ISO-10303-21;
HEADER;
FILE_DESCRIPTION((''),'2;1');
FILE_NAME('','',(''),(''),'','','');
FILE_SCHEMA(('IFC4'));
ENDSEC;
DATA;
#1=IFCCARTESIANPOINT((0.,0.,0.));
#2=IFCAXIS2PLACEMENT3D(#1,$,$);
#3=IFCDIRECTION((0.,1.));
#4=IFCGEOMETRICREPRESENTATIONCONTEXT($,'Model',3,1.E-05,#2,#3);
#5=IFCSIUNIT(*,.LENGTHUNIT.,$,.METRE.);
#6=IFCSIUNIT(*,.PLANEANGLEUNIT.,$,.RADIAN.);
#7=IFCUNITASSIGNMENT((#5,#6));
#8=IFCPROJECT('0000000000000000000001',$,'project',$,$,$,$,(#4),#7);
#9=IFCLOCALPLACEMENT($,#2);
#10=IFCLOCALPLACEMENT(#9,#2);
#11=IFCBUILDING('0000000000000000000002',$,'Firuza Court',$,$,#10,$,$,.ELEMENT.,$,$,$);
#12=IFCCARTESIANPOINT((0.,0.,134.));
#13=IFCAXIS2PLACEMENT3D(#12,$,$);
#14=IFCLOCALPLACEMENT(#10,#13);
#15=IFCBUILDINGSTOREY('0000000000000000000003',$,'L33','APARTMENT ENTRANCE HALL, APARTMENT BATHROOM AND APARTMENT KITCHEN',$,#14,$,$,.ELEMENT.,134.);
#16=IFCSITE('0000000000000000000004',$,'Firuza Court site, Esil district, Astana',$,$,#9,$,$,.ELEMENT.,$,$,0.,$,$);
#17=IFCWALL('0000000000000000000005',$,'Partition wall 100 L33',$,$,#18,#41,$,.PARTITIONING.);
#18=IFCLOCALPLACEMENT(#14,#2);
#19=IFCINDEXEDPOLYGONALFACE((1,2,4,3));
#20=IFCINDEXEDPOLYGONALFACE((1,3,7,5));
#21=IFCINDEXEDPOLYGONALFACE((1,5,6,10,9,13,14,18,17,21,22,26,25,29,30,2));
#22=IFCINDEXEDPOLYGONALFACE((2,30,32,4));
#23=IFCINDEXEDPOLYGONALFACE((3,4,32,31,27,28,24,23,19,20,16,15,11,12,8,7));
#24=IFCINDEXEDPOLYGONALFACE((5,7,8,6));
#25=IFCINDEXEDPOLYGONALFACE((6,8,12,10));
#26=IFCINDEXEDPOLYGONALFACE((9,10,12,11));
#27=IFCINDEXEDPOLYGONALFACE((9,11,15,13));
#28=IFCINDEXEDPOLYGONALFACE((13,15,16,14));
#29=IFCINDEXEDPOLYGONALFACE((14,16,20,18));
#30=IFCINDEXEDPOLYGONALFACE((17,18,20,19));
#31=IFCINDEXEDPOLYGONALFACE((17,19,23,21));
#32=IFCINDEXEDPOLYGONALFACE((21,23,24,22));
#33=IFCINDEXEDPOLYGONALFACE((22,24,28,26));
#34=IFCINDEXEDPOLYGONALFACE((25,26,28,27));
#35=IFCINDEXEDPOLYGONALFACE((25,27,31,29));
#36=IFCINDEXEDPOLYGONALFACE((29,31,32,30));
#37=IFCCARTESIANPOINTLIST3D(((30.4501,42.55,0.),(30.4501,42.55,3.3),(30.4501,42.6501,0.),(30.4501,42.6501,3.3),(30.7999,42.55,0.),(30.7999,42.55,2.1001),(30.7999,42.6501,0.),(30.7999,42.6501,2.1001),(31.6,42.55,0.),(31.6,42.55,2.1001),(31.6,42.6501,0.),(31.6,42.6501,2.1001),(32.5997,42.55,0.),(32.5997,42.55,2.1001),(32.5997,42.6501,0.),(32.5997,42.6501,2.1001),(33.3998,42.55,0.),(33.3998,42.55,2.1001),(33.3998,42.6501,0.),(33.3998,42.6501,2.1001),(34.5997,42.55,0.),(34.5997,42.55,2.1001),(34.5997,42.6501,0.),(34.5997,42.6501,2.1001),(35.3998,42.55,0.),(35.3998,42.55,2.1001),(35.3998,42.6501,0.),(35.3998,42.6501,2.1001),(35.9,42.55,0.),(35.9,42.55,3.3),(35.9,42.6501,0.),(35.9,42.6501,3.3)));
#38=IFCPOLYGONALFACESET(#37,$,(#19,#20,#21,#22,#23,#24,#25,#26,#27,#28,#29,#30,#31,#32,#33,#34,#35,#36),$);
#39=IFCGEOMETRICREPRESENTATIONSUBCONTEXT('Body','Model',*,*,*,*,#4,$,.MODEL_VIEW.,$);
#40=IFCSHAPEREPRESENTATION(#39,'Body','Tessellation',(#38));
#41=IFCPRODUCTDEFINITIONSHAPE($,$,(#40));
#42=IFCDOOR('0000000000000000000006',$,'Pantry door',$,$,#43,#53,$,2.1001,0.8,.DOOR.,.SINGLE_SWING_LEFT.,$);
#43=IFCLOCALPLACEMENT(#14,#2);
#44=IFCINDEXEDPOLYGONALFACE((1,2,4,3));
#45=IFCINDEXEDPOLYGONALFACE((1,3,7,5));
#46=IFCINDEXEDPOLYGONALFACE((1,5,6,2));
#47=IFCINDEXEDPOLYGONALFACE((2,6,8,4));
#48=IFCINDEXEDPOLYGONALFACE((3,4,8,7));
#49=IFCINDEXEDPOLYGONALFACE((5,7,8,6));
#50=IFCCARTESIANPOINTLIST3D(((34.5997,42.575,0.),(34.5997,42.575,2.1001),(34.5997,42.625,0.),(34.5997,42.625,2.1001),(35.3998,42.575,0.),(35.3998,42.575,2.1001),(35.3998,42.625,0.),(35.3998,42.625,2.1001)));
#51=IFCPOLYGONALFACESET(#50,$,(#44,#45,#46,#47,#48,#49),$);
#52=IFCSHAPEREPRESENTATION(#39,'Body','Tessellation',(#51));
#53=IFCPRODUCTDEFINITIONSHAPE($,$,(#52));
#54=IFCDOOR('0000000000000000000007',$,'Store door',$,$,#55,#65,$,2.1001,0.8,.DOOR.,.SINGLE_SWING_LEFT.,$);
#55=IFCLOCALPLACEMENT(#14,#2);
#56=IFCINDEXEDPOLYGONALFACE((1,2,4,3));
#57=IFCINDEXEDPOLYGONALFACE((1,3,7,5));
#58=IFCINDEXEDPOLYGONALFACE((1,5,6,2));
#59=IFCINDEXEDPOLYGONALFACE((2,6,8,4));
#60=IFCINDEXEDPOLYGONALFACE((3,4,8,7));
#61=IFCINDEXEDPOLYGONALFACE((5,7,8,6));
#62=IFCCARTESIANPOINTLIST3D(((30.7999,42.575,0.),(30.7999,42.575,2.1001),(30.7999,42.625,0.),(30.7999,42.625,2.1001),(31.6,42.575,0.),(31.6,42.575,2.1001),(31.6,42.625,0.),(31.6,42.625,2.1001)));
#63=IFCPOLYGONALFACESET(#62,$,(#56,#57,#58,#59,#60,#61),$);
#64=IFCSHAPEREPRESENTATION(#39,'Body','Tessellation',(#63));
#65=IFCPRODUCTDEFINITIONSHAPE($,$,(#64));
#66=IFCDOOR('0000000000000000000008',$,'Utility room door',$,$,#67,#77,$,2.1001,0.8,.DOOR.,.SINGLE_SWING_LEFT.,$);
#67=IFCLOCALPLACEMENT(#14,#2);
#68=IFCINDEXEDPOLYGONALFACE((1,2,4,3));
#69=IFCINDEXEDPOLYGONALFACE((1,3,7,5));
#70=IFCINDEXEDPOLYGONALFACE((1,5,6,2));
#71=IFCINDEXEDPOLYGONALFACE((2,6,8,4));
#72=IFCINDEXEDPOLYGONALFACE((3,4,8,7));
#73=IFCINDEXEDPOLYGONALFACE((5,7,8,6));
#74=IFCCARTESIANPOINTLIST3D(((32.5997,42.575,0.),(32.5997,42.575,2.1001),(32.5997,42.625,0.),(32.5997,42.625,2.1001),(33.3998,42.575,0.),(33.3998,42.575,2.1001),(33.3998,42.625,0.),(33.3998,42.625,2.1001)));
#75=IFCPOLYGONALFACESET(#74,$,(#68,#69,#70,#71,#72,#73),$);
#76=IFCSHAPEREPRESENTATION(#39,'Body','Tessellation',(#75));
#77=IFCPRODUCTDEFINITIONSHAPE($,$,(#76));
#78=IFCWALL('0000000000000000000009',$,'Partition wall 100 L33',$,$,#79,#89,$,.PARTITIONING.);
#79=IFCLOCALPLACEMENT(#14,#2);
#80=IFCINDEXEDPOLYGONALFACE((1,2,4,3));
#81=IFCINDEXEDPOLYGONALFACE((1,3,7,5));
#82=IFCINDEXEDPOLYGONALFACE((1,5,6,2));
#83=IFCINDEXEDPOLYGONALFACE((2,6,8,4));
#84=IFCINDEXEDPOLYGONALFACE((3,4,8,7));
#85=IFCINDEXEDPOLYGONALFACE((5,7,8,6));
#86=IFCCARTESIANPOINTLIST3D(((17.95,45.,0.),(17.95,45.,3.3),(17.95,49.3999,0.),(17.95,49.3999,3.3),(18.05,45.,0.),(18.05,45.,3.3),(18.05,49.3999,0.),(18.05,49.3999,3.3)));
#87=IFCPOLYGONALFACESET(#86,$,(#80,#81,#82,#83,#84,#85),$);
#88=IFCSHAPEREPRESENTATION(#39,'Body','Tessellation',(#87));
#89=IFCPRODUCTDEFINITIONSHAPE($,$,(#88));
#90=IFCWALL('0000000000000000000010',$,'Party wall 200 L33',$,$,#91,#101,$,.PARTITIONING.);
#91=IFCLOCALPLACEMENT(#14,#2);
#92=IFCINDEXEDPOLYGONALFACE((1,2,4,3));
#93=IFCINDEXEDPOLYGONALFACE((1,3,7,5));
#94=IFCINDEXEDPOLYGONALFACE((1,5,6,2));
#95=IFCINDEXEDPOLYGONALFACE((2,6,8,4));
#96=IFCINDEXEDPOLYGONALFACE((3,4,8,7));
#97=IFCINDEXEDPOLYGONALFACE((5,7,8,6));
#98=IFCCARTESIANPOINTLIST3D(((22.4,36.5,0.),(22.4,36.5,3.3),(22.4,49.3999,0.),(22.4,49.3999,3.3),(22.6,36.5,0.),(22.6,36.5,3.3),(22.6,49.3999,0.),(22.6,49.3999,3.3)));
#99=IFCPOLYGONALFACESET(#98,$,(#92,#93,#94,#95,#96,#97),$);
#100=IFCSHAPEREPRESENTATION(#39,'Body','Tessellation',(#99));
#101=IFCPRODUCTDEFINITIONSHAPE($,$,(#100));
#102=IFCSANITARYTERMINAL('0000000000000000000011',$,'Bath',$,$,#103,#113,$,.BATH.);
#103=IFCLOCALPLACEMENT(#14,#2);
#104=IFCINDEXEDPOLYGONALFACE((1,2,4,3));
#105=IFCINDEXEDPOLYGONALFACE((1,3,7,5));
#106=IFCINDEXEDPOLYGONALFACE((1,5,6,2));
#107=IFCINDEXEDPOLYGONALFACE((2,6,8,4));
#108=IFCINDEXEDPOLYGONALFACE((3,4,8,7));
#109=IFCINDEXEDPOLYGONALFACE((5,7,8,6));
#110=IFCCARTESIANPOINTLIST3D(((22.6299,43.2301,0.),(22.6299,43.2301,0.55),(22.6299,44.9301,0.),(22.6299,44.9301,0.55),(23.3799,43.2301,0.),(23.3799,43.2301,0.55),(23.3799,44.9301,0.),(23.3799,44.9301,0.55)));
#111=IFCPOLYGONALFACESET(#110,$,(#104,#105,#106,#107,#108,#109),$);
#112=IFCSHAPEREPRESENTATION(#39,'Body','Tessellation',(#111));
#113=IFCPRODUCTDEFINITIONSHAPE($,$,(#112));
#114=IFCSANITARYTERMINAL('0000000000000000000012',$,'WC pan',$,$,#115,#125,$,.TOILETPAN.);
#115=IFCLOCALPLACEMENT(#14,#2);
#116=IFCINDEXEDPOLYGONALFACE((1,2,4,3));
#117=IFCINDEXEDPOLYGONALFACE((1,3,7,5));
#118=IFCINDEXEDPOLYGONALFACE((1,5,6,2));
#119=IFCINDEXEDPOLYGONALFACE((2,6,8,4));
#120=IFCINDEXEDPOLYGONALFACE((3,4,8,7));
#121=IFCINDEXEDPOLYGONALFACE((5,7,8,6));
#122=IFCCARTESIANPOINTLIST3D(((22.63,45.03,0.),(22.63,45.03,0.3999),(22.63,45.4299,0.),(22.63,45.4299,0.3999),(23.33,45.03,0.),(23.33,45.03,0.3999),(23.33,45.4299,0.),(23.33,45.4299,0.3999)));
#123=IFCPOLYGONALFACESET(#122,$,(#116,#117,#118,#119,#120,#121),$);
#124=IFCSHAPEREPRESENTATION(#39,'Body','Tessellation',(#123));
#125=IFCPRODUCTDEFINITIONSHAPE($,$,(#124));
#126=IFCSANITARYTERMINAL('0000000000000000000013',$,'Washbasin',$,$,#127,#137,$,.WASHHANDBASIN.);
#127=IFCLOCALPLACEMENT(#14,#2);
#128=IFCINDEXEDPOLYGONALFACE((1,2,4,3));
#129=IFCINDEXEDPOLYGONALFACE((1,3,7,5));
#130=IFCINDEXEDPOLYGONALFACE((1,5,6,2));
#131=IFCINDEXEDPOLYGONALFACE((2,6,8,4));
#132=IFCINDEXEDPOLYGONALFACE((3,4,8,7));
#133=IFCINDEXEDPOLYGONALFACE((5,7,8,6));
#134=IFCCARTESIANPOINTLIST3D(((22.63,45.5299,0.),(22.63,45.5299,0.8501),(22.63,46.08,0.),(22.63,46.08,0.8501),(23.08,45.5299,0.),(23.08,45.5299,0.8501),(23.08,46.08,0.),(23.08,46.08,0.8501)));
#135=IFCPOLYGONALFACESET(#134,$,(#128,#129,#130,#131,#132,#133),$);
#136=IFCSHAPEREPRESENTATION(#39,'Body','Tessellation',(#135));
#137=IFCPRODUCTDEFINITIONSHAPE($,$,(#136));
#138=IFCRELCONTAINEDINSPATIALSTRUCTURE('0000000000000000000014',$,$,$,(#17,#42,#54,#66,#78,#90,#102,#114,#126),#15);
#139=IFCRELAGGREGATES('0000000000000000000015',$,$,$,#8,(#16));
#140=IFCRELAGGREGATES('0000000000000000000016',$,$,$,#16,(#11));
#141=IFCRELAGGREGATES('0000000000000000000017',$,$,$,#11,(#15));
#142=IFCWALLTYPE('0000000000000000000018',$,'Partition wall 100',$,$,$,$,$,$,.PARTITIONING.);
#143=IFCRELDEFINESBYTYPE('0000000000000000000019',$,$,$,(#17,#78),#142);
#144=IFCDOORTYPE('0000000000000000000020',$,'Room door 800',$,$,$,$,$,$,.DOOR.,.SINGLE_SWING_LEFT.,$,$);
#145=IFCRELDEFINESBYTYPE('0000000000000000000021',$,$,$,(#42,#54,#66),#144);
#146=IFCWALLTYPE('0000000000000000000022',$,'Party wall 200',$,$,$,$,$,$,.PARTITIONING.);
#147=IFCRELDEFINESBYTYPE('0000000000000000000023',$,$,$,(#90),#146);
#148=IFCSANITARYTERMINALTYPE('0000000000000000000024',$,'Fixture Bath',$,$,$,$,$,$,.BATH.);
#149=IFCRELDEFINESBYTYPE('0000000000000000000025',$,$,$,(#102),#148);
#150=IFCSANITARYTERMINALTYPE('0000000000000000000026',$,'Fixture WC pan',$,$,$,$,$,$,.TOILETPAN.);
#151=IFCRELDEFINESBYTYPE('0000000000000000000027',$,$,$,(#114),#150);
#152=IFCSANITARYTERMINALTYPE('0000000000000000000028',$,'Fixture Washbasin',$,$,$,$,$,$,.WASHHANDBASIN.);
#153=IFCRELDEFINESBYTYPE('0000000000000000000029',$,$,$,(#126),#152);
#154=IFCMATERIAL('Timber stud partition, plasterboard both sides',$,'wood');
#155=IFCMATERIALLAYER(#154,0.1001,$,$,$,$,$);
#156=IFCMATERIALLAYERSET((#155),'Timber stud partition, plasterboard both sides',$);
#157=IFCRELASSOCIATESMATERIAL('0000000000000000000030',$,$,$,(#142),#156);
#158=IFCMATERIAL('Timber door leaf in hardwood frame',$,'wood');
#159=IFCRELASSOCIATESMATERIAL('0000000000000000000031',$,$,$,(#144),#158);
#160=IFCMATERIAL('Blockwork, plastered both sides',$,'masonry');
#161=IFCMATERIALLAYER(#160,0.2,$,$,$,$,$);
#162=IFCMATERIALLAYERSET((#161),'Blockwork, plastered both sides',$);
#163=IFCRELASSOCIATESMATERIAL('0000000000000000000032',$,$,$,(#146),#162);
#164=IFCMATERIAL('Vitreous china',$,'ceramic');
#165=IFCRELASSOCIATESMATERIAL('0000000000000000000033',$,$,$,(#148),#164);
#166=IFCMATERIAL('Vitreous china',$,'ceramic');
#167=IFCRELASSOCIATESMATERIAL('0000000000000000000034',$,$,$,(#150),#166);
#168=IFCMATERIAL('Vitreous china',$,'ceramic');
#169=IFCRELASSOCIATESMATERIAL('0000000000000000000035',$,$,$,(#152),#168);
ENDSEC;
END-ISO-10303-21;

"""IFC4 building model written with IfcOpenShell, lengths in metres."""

from ifc_helpers import new_model, si_unit, direction, frame, frame_2d, origin, origin_2d, place, context, subcontext, project, spatial, rectangle, extrude, material, layer, layer_set, type_object, element, fill, save


model = new_model("IFC4")

# Units and contexts
model_context = context("Model", 3, precision=1e-05, world=origin(), true_north=direction((0.0, 1.0)))
body_context = subcontext(model_context, "Body", "Model", "MODEL_VIEW")
ifc_project = project(units=[si_unit("LENGTHUNIT", "METRE"), si_unit("PLANEANGLEUNIT", "RADIAN")], contexts=[model_context])

# Site, building, storey
site_placement = place(None, origin())
site = spatial("IfcSite", under=ifc_project, at=site_placement, Name="Firuza Court site, Esil district, Astana", CompositionType="ELEMENT", RefElevation=0.0)
building_placement = place(site_placement, origin())
building = spatial("IfcBuilding", under=site, at=building_placement, Name="Firuza Court", CompositionType="ELEMENT")
storey_placement = place(building_placement, frame((0.0, 0.0, 134.0)))
storey = spatial("IfcBuildingStorey", under=building, at=storey_placement, Name="L33", Description="APARTMENT ENTRANCE HALL, APARTMENT BATHROOM AND APARTMENT KITCHEN", CompositionType="ELEMENT", Elevation=134.0)

# Shared definitions
ifc_material_1 = material(Name="Timber stud partition, plasterboard both sides", Category="wood")
ifc_layer_1 = layer(ifc_material_1, 0.1001)
ifc_layer_set_1 = layer_set([ifc_layer_1], Name="Timber stud partition, plasterboard both sides")
wall_type_1 = type_object("IfcWallType", Name="Partition wall 100", PredefinedType="PARTITIONING", material=ifc_layer_set_1)

# Wall, openings, doors
wall_1_placement = place(storey_placement, frame((30.45, 42.6001, 0.0), z_axis=(0.0, 0.0, 1.0), x_axis=(1.0, 0.0, 0.0)))
wall_1 = element("IfcWall", 1, at=wall_1_placement, inside=storey, type_object=wall_type_1, Name="Partition wall 100 L33", PredefinedType="PARTITIONING", context=body_context, shape_type="SweptSolid", body=[
    extrude(rectangle(XDim=5.45, YDim=0.1001, at=frame_2d((2.7251, 0.0))), origin(), (0.0, 0.0, 1.0), 3.3),
])
opening_1_placement = place(wall_1_placement, frame((4.1499, 0.0, 0.0)))
opening_1 = element("IfcOpeningElement", 2, at=opening_1_placement, cuts=wall_1, PredefinedType="OPENING", context=body_context, shape_type="SweptSolid", body=[
    extrude(rectangle(XDim=0.8, YDim=2.1001, at=frame_2d((0.3999, 1.05))), frame((0.0, 0.062, 0.0), z_axis=(0.0, -1.0, 0.0), x_axis=(1.0, 0.0, 0.0)), (0.0, 0.0, 1.0), 0.124),
])
opening_2_placement = place(wall_1_placement, frame((0.3501, 0.0, 0.0)))
opening_2 = element("IfcOpeningElement", 3, at=opening_2_placement, cuts=wall_1, PredefinedType="OPENING", context=body_context, shape_type="SweptSolid", body=[
    extrude(rectangle(XDim=0.8, YDim=2.1001, at=frame_2d((0.3999, 1.05))), frame((0.0, 0.062, 0.0), z_axis=(0.0, -1.0, 0.0), x_axis=(1.0, 0.0, 0.0)), (0.0, 0.0, 1.0), 0.124),
])
opening_3_placement = place(wall_1_placement, frame((2.1499, 0.0, 0.0)))
opening_3 = element("IfcOpeningElement", 4, at=opening_3_placement, cuts=wall_1, PredefinedType="OPENING", context=body_context, shape_type="SweptSolid", body=[
    extrude(rectangle(XDim=0.8, YDim=2.1001, at=frame_2d((0.3999, 1.05))), frame((0.0, 0.062, 0.0), z_axis=(0.0, -1.0, 0.0), x_axis=(1.0, 0.0, 0.0)), (0.0, 0.0, 1.0), 0.124),
])
ifc_material_2 = material(Name="Timber door leaf in hardwood frame", Category="wood")
door_type_1 = type_object("IfcDoorType", Name="Room door 800", OperationType="SINGLE_SWING_LEFT", PredefinedType="DOOR", material=ifc_material_2)
door_1_placement = place(opening_1_placement, origin())
door_1 = element("IfcDoor", 5, at=door_1_placement, inside=storey, type_object=door_type_1, Name="Pantry door", OperationType="SINGLE_SWING_LEFT", OverallHeight=2.1001, OverallWidth=0.8, PredefinedType="DOOR", context=body_context, shape_type="SweptSolid", body=[
    extrude(rectangle(XDim=0.8, YDim=2.1001, at=frame_2d((0.3999, 1.05))), frame((0.0, 0.0249, 0.0), z_axis=(0.0, -1.0, 0.0), x_axis=(1.0, 0.0, 0.0)), (0.0, 0.0, 1.0), 0.05),
])
fill(opening_1, door_1)
door_2_placement = place(opening_2_placement, origin())
door_2 = element("IfcDoor", 6, at=door_2_placement, inside=storey, type_object=door_type_1, Name="Store door", OperationType="SINGLE_SWING_LEFT", OverallHeight=2.1001, OverallWidth=0.8, PredefinedType="DOOR", context=body_context, shape_type="SweptSolid", body=[
    extrude(rectangle(XDim=0.8, YDim=2.1001, at=frame_2d((0.3999, 1.05))), frame((0.0, 0.0249, 0.0), z_axis=(0.0, -1.0, 0.0), x_axis=(1.0, 0.0, 0.0)), (0.0, 0.0, 1.0), 0.05),
])
fill(opening_2, door_2)
door_3_placement = place(opening_3_placement, origin())
door_3 = element("IfcDoor", 7, at=door_3_placement, inside=storey, type_object=door_type_1, Name="Utility room door", OperationType="SINGLE_SWING_LEFT", OverallHeight=2.1001, OverallWidth=0.8, PredefinedType="DOOR", context=body_context, shape_type="SweptSolid", body=[
    extrude(rectangle(XDim=0.8, YDim=2.1001, at=frame_2d((0.3999, 1.05))), frame((0.0, 0.0249, 0.0), z_axis=(0.0, -1.0, 0.0), x_axis=(1.0, 0.0, 0.0)), (0.0, 0.0, 1.0), 0.05),
])
fill(opening_3, door_3)

# Walls
wall_2_placement = place(storey_placement, frame((18.0, 45.0, 0.0), z_axis=(0.0, 0.0, 1.0), x_axis=(0.0, 1.0, 0.0)))
element("IfcWall", 8, at=wall_2_placement, inside=storey, type_object=wall_type_1, Name="Partition wall 100 L33", PredefinedType="PARTITIONING", context=body_context, shape_type="SweptSolid", body=[
    extrude(rectangle(XDim=4.3999, YDim=0.1001, at=frame_2d((2.2, 0.0))), origin(), (0.0, 0.0, 1.0), 3.3),
])
ifc_material_3 = material(Name="Blockwork, plastered both sides", Category="masonry")
ifc_layer_2 = layer(ifc_material_3, 0.2)
ifc_layer_set_2 = layer_set([ifc_layer_2], Name="Blockwork, plastered both sides")
wall_type_2 = type_object("IfcWallType", Name="Party wall 200", PredefinedType="PARTITIONING", material=ifc_layer_set_2)
wall_3_placement = place(storey_placement, frame((22.5, 36.5, 0.0), z_axis=(0.0, 0.0, 1.0), x_axis=(0.0, 1.0, 0.0)))
element("IfcWall", 9, at=wall_3_placement, inside=storey, type_object=wall_type_2, Name="Party wall 200 L33", PredefinedType="PARTITIONING", context=body_context, shape_type="SweptSolid", body=[
    extrude(rectangle(XDim=12.8999, YDim=0.2, at=frame_2d((6.45, 0.0))), origin(), (0.0, 0.0, 1.0), 3.3),
])

# Sanitary terminals
ifc_material_4 = material(Name="Vitreous china", Category="ceramic")
sanitary_terminal_type_1 = type_object("IfcSanitaryTerminalType", Name="Fixture Bath", PredefinedType="BATH", material=ifc_material_4)
sanitary_terminal_1_placement = place(storey_placement, frame((23.0049, 44.0801, 0.0), z_axis=(0.0, 0.0, 1.0), x_axis=(1.0, 0.0, 0.0)))
element("IfcSanitaryTerminal", 10, at=sanitary_terminal_1_placement, inside=storey, type_object=sanitary_terminal_type_1, Name="Bath", PredefinedType="BATH", context=body_context, shape_type="SweptSolid", body=[
    extrude(rectangle(XDim=0.75, YDim=1.7, at=origin_2d()), origin(), (0.0, 0.0, 1.0), 0.55),
])
ifc_material_5 = material(Name="Vitreous china", Category="ceramic")
sanitary_terminal_type_2 = type_object("IfcSanitaryTerminalType", Name="Fixture WC pan", PredefinedType="TOILETPAN", material=ifc_material_5)
sanitary_terminal_2_placement = place(storey_placement, frame((22.98, 45.23, 0.0), z_axis=(0.0, 0.0, 1.0), x_axis=(1.0, 0.0, 0.0)))
element("IfcSanitaryTerminal", 11, at=sanitary_terminal_2_placement, inside=storey, type_object=sanitary_terminal_type_2, Name="WC pan", PredefinedType="TOILETPAN", context=body_context, shape_type="SweptSolid", body=[
    extrude(rectangle(XDim=0.7, YDim=0.3999, at=origin_2d()), origin(), (0.0, 0.0, 1.0), 0.3999),
])
ifc_material_6 = material(Name="Vitreous china", Category="ceramic")
sanitary_terminal_type_3 = type_object("IfcSanitaryTerminalType", Name="Fixture Washbasin", PredefinedType="WASHHANDBASIN", material=ifc_material_6)
sanitary_terminal_3_placement = place(storey_placement, frame((22.855, 45.8049, 0.0), z_axis=(0.0, 0.0, 1.0), x_axis=(1.0, 0.0, 0.0)))
element("IfcSanitaryTerminal", 12, at=sanitary_terminal_3_placement, inside=storey, type_object=sanitary_terminal_type_3, Name="Washbasin", PredefinedType="WASHHANDBASIN", context=body_context, shape_type="SweptSolid", body=[
    extrude(rectangle(XDim=0.45, YDim=0.55, at=origin_2d()), origin(), (0.0, 0.0, 1.0), 0.8501),
])

save(model, "model.ifc")
